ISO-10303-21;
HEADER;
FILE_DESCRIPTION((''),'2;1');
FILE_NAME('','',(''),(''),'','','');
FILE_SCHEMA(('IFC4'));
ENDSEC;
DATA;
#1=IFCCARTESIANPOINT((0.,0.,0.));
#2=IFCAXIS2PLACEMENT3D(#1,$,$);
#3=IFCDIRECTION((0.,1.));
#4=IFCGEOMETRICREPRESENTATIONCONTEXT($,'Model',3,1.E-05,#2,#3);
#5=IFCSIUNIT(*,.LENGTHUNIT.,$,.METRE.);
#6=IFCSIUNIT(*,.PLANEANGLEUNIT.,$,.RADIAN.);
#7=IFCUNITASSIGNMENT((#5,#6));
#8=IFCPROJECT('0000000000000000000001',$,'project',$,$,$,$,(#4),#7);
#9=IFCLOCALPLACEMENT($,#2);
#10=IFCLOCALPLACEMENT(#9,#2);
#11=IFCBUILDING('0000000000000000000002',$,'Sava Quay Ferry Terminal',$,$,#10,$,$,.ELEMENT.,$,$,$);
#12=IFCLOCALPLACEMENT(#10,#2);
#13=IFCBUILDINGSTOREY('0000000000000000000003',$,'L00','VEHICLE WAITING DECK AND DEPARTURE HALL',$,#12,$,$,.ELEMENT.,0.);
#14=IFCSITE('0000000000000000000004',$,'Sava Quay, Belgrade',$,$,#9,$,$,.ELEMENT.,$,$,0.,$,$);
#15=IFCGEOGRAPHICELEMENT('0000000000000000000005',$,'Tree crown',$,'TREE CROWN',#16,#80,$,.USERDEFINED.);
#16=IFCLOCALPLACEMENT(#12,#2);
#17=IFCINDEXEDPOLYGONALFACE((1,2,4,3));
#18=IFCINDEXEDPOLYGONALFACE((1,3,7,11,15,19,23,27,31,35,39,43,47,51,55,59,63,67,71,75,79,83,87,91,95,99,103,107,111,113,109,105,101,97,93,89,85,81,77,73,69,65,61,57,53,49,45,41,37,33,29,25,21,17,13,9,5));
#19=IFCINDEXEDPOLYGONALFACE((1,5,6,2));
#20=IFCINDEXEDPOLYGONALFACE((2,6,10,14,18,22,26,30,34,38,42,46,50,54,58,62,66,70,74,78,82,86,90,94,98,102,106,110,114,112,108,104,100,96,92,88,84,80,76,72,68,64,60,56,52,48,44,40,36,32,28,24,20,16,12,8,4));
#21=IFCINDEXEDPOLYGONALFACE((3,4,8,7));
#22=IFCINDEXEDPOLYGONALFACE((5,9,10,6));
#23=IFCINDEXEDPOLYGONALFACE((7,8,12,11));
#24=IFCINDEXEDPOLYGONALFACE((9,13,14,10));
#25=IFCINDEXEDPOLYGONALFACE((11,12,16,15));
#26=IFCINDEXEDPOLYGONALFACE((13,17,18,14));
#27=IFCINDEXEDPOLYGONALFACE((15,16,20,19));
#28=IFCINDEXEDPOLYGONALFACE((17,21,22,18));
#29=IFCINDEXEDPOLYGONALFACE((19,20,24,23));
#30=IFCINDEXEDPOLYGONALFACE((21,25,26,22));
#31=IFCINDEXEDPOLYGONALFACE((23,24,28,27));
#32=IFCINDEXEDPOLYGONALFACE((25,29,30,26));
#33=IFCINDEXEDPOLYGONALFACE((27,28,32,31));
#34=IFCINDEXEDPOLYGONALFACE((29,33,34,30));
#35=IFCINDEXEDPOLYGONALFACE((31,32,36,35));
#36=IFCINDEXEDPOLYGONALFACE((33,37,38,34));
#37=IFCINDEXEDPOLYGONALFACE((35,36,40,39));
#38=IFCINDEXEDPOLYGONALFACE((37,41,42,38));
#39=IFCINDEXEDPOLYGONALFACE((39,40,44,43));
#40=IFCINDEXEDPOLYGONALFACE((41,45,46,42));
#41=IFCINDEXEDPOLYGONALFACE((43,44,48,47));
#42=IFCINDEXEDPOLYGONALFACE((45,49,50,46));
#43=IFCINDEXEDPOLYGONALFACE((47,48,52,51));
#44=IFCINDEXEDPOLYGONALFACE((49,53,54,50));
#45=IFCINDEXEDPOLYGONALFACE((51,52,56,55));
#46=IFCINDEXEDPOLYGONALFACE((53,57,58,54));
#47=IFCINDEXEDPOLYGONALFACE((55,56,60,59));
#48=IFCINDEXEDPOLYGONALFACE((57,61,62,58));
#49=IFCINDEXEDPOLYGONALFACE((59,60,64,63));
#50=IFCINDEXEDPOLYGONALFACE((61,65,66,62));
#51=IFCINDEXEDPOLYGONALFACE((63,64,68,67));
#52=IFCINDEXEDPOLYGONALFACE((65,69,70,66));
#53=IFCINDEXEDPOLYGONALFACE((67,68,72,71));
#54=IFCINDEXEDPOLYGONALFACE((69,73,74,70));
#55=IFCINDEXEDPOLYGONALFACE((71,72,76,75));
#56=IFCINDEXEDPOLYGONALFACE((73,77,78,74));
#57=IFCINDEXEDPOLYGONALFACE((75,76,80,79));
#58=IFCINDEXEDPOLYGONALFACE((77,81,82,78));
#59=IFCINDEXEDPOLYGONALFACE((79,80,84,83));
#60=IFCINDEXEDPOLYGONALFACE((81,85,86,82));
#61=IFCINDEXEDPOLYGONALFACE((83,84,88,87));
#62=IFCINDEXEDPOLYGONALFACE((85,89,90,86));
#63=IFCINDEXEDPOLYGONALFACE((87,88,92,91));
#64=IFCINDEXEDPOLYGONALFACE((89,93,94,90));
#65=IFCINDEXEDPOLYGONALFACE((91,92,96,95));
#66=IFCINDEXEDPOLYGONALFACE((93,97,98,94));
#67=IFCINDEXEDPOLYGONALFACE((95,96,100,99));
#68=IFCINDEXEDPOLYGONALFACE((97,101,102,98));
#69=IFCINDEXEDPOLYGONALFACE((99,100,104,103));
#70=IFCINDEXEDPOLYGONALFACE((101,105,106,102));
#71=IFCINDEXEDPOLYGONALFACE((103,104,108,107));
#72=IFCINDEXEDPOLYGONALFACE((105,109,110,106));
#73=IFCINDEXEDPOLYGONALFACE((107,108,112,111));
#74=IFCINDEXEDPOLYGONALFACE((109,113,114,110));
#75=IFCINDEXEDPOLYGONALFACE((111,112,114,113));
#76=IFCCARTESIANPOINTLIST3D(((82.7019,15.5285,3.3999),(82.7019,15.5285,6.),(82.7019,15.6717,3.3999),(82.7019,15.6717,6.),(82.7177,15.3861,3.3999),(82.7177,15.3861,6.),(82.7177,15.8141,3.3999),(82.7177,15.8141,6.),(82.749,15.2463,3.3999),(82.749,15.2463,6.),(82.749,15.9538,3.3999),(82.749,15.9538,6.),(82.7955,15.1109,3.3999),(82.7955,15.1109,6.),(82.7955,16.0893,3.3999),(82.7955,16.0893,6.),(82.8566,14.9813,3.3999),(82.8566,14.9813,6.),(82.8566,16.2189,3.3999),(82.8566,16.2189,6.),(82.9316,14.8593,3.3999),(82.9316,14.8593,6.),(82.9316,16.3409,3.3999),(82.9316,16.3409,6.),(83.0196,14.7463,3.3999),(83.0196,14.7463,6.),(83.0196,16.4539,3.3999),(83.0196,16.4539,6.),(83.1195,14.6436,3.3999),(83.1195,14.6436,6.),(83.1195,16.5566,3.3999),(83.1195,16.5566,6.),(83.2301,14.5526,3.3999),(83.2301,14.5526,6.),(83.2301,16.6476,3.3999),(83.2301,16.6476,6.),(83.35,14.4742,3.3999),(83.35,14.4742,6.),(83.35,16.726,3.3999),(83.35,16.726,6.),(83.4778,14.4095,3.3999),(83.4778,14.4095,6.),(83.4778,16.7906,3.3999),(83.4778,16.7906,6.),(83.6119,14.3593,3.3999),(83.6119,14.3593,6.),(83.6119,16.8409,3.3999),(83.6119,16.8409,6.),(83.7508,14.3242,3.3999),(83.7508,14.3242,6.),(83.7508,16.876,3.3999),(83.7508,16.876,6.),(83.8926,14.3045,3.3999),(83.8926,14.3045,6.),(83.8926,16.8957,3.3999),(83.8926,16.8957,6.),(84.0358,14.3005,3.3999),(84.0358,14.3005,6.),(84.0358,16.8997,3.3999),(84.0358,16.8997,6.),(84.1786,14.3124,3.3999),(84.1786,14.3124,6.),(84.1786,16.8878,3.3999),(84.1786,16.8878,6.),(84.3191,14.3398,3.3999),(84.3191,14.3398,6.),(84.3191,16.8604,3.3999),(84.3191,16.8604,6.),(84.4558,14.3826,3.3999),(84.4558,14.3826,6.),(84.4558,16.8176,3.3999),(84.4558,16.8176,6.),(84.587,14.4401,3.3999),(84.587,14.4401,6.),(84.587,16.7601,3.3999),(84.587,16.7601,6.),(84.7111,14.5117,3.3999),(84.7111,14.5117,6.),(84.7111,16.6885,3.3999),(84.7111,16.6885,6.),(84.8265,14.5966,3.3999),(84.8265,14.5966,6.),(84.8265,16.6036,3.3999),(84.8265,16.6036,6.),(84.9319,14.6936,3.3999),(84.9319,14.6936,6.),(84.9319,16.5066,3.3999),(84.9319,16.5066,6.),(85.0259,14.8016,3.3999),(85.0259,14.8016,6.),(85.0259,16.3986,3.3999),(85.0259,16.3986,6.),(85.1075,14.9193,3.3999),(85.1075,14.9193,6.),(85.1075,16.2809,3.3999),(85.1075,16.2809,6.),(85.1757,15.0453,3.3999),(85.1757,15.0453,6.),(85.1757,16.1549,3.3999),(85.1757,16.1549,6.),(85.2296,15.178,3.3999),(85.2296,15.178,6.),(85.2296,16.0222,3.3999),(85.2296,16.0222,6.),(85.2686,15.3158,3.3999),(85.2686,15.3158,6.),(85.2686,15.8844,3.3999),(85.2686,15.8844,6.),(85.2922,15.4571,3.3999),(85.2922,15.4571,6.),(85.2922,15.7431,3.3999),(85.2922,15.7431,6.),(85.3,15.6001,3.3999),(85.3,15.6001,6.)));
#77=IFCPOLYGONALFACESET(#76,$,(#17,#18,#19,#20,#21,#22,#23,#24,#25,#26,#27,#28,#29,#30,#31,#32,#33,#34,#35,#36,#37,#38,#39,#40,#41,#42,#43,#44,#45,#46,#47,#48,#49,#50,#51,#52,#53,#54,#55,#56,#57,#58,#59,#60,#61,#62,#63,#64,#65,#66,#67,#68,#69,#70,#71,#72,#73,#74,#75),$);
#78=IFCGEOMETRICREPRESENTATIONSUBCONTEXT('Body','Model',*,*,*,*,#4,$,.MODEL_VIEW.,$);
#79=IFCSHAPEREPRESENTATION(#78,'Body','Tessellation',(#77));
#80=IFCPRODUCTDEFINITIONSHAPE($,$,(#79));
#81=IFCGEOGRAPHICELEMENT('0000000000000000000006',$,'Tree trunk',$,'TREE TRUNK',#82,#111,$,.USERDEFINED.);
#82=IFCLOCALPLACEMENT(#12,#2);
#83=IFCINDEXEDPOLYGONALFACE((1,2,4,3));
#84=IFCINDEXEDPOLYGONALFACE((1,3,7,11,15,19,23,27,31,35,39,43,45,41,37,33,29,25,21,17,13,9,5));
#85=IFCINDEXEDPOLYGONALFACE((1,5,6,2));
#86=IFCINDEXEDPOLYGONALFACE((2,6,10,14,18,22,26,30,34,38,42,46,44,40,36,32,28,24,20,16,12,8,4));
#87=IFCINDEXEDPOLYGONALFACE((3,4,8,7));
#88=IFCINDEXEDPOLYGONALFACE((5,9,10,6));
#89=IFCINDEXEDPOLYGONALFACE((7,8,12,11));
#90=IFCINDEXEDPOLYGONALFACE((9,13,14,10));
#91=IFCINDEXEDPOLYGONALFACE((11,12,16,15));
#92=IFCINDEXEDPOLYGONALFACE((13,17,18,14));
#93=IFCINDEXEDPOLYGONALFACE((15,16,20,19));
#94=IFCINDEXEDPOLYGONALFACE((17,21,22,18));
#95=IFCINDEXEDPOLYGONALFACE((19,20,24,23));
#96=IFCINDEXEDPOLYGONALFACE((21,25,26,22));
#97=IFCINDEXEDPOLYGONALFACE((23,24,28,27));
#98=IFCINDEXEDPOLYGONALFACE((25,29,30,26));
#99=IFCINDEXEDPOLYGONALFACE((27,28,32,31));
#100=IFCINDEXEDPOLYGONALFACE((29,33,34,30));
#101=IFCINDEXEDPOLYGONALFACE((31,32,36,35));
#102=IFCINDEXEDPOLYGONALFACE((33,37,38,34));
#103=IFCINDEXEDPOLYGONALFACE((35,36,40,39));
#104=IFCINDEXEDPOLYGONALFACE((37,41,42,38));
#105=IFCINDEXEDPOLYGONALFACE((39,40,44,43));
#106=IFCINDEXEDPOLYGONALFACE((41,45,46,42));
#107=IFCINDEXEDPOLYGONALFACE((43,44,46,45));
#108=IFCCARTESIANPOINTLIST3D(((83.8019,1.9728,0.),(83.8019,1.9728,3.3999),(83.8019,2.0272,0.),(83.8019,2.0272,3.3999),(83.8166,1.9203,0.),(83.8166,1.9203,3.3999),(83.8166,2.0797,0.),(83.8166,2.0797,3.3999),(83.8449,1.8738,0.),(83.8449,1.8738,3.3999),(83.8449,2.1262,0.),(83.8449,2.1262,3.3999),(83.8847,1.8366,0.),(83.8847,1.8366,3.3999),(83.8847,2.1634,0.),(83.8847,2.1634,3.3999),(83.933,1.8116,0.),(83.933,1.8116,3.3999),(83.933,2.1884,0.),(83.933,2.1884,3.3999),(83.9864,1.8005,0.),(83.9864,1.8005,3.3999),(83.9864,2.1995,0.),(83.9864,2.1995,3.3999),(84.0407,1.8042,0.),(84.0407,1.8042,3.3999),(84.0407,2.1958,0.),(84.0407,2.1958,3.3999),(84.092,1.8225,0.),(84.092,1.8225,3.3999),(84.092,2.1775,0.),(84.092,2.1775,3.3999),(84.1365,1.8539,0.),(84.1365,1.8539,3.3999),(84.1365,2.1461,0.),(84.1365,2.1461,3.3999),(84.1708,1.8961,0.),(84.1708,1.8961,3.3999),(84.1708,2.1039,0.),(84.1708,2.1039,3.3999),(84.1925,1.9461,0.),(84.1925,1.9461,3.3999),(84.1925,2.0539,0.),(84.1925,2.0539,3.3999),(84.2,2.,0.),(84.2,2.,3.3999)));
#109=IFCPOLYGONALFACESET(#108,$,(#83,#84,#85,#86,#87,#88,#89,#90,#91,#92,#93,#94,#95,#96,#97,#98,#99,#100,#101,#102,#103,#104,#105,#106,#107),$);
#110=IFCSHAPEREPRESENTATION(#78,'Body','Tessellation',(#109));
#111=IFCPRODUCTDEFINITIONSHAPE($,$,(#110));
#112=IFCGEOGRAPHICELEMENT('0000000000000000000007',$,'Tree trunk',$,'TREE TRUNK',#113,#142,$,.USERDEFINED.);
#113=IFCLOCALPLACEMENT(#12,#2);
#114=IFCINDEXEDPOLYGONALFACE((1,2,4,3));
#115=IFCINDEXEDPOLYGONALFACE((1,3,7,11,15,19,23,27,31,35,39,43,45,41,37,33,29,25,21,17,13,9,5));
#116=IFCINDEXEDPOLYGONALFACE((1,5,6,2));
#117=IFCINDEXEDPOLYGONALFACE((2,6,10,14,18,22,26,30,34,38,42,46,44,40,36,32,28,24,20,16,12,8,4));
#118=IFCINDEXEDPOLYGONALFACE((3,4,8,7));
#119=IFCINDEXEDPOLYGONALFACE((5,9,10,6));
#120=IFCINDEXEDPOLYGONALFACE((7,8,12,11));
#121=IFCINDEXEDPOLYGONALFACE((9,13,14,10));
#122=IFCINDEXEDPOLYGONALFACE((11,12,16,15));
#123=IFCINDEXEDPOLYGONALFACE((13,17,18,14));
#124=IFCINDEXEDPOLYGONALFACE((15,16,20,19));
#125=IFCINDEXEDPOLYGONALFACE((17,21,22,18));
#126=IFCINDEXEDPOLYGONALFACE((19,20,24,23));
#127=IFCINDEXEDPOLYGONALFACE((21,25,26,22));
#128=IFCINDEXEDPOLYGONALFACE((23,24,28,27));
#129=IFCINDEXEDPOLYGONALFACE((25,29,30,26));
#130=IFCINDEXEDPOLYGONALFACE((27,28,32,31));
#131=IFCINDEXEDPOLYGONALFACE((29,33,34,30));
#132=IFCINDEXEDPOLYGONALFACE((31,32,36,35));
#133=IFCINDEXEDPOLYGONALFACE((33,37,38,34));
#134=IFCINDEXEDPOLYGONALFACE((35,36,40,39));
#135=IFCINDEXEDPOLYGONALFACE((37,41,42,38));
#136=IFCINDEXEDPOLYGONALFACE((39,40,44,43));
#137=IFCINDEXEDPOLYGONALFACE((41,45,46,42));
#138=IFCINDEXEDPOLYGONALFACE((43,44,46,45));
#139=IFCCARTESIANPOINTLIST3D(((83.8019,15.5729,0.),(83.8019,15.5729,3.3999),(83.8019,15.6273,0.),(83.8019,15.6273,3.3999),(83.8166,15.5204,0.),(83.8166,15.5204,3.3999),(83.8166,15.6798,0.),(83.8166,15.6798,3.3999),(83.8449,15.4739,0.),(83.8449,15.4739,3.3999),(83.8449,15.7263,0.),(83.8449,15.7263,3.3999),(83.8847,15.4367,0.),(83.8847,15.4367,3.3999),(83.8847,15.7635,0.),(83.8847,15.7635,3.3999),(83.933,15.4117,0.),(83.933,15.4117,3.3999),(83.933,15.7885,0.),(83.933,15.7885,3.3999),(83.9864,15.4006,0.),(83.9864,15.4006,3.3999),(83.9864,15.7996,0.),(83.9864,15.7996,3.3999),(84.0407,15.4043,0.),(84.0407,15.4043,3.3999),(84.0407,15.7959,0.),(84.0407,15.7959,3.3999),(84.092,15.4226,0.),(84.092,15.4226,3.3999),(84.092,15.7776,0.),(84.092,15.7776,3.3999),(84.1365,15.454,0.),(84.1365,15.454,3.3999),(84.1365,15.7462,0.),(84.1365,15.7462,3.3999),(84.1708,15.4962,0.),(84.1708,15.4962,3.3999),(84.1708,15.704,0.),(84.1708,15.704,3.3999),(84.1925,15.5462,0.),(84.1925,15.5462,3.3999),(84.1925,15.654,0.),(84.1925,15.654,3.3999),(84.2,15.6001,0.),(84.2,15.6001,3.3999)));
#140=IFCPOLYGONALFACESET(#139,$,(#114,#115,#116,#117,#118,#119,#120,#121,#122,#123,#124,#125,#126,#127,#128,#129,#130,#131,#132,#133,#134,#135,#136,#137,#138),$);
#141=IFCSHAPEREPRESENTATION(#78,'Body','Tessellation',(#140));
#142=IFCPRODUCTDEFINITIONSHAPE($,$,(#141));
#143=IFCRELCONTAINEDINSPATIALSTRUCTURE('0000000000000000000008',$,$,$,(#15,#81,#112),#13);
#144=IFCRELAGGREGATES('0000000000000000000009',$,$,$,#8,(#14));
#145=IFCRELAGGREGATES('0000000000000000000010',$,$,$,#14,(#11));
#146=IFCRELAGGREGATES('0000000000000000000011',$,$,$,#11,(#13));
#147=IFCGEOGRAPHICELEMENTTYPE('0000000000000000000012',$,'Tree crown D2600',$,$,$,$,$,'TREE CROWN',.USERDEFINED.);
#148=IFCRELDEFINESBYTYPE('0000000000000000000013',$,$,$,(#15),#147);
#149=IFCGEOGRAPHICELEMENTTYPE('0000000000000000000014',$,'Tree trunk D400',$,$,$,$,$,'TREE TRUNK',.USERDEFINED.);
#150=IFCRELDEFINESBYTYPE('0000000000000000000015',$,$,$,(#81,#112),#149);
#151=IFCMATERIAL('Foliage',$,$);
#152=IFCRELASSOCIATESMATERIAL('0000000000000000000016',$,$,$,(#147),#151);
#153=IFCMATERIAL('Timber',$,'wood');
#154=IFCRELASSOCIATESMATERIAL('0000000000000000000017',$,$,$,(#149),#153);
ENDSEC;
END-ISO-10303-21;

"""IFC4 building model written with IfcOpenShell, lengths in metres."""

from ifc_helpers import new_model, si_unit, direction, frame, origin, origin_2d, place, context, subcontext, project, spatial, circle, extrude, material, type_object, element, save


model = new_model("IFC4")

# Units and contexts
model_context = context("Model", 3, precision=1e-05, world=origin(), true_north=direction((0.0, 1.0)))
body_context = subcontext(model_context, "Body", "Model", "MODEL_VIEW")
ifc_project = project(units=[si_unit("LENGTHUNIT", "METRE"), si_unit("PLANEANGLEUNIT", "RADIAN")], contexts=[model_context])

# Site, building, storey
site_placement = place(None, origin())
site = spatial("IfcSite", under=ifc_project, at=site_placement, Name="Sava Quay, Belgrade", CompositionType="ELEMENT", RefElevation=0.0)
building_placement = place(site_placement, origin())
building = spatial("IfcBuilding", under=site, at=building_placement, Name="Sava Quay Ferry Terminal", CompositionType="ELEMENT")
storey_placement = place(building_placement, origin())
storey = spatial("IfcBuildingStorey", under=building, at=storey_placement, Name="L00", Description="VEHICLE WAITING DECK AND DEPARTURE HALL", CompositionType="ELEMENT", Elevation=0.0)

# Geographic elements
ifc_material_1 = material(Name="Foliage")
geographic_element_type_1 = type_object("IfcGeographicElementType", Name="Tree crown D2600", ElementType="TREE CROWN", PredefinedType="USERDEFINED", material=ifc_material_1)
for number, where, z_axis, x_axis, name in (
    (1, (84.0, 15.6001, 6.0), (0.0, 0.0, -1.0), (1.0, 0.0, 0.0), "Tree crown"),
):
    element("IfcGeographicElement", number, at=place(storey_placement, frame(where, z_axis=z_axis, x_axis=x_axis)), inside=storey, type_object=geographic_element_type_1, Name=name, ObjectType="TREE CROWN", PredefinedType="USERDEFINED", context=body_context, shape_type="SweptSolid", body=[
        extrude(circle(Radius=1.3, at=origin_2d()), origin(), (0.0, 0.0, 1.0), 2.6001),
    ])
ifc_material_2 = material(Name="Timber", Category="wood")
geographic_element_type_2 = type_object("IfcGeographicElementType", Name="Tree trunk D400", ElementType="TREE TRUNK", PredefinedType="USERDEFINED", material=ifc_material_2)
for number, where, z_axis, x_axis, name in (
    (2, (84.0, 2.0, 3.3999), (0.0, 0.0, -1.0), (1.0, 0.0, 0.0), "Tree trunk"),
    (3, (84.0, 15.6001, 3.3999), (0.0, 0.0, -1.0), (1.0, 0.0, 0.0), "Tree trunk"),
):
    element("IfcGeographicElement", number, at=place(storey_placement, frame(where, z_axis=z_axis, x_axis=x_axis)), inside=storey, type_object=geographic_element_type_2, Name=name, ObjectType="TREE TRUNK", PredefinedType="USERDEFINED", context=body_context, shape_type="SweptSolid", body=[
        extrude(circle(Radius=0.2, at=origin_2d()), origin(), (0.0, 0.0, 1.0), 3.3999),
    ])

save(model, "model.ifc")
